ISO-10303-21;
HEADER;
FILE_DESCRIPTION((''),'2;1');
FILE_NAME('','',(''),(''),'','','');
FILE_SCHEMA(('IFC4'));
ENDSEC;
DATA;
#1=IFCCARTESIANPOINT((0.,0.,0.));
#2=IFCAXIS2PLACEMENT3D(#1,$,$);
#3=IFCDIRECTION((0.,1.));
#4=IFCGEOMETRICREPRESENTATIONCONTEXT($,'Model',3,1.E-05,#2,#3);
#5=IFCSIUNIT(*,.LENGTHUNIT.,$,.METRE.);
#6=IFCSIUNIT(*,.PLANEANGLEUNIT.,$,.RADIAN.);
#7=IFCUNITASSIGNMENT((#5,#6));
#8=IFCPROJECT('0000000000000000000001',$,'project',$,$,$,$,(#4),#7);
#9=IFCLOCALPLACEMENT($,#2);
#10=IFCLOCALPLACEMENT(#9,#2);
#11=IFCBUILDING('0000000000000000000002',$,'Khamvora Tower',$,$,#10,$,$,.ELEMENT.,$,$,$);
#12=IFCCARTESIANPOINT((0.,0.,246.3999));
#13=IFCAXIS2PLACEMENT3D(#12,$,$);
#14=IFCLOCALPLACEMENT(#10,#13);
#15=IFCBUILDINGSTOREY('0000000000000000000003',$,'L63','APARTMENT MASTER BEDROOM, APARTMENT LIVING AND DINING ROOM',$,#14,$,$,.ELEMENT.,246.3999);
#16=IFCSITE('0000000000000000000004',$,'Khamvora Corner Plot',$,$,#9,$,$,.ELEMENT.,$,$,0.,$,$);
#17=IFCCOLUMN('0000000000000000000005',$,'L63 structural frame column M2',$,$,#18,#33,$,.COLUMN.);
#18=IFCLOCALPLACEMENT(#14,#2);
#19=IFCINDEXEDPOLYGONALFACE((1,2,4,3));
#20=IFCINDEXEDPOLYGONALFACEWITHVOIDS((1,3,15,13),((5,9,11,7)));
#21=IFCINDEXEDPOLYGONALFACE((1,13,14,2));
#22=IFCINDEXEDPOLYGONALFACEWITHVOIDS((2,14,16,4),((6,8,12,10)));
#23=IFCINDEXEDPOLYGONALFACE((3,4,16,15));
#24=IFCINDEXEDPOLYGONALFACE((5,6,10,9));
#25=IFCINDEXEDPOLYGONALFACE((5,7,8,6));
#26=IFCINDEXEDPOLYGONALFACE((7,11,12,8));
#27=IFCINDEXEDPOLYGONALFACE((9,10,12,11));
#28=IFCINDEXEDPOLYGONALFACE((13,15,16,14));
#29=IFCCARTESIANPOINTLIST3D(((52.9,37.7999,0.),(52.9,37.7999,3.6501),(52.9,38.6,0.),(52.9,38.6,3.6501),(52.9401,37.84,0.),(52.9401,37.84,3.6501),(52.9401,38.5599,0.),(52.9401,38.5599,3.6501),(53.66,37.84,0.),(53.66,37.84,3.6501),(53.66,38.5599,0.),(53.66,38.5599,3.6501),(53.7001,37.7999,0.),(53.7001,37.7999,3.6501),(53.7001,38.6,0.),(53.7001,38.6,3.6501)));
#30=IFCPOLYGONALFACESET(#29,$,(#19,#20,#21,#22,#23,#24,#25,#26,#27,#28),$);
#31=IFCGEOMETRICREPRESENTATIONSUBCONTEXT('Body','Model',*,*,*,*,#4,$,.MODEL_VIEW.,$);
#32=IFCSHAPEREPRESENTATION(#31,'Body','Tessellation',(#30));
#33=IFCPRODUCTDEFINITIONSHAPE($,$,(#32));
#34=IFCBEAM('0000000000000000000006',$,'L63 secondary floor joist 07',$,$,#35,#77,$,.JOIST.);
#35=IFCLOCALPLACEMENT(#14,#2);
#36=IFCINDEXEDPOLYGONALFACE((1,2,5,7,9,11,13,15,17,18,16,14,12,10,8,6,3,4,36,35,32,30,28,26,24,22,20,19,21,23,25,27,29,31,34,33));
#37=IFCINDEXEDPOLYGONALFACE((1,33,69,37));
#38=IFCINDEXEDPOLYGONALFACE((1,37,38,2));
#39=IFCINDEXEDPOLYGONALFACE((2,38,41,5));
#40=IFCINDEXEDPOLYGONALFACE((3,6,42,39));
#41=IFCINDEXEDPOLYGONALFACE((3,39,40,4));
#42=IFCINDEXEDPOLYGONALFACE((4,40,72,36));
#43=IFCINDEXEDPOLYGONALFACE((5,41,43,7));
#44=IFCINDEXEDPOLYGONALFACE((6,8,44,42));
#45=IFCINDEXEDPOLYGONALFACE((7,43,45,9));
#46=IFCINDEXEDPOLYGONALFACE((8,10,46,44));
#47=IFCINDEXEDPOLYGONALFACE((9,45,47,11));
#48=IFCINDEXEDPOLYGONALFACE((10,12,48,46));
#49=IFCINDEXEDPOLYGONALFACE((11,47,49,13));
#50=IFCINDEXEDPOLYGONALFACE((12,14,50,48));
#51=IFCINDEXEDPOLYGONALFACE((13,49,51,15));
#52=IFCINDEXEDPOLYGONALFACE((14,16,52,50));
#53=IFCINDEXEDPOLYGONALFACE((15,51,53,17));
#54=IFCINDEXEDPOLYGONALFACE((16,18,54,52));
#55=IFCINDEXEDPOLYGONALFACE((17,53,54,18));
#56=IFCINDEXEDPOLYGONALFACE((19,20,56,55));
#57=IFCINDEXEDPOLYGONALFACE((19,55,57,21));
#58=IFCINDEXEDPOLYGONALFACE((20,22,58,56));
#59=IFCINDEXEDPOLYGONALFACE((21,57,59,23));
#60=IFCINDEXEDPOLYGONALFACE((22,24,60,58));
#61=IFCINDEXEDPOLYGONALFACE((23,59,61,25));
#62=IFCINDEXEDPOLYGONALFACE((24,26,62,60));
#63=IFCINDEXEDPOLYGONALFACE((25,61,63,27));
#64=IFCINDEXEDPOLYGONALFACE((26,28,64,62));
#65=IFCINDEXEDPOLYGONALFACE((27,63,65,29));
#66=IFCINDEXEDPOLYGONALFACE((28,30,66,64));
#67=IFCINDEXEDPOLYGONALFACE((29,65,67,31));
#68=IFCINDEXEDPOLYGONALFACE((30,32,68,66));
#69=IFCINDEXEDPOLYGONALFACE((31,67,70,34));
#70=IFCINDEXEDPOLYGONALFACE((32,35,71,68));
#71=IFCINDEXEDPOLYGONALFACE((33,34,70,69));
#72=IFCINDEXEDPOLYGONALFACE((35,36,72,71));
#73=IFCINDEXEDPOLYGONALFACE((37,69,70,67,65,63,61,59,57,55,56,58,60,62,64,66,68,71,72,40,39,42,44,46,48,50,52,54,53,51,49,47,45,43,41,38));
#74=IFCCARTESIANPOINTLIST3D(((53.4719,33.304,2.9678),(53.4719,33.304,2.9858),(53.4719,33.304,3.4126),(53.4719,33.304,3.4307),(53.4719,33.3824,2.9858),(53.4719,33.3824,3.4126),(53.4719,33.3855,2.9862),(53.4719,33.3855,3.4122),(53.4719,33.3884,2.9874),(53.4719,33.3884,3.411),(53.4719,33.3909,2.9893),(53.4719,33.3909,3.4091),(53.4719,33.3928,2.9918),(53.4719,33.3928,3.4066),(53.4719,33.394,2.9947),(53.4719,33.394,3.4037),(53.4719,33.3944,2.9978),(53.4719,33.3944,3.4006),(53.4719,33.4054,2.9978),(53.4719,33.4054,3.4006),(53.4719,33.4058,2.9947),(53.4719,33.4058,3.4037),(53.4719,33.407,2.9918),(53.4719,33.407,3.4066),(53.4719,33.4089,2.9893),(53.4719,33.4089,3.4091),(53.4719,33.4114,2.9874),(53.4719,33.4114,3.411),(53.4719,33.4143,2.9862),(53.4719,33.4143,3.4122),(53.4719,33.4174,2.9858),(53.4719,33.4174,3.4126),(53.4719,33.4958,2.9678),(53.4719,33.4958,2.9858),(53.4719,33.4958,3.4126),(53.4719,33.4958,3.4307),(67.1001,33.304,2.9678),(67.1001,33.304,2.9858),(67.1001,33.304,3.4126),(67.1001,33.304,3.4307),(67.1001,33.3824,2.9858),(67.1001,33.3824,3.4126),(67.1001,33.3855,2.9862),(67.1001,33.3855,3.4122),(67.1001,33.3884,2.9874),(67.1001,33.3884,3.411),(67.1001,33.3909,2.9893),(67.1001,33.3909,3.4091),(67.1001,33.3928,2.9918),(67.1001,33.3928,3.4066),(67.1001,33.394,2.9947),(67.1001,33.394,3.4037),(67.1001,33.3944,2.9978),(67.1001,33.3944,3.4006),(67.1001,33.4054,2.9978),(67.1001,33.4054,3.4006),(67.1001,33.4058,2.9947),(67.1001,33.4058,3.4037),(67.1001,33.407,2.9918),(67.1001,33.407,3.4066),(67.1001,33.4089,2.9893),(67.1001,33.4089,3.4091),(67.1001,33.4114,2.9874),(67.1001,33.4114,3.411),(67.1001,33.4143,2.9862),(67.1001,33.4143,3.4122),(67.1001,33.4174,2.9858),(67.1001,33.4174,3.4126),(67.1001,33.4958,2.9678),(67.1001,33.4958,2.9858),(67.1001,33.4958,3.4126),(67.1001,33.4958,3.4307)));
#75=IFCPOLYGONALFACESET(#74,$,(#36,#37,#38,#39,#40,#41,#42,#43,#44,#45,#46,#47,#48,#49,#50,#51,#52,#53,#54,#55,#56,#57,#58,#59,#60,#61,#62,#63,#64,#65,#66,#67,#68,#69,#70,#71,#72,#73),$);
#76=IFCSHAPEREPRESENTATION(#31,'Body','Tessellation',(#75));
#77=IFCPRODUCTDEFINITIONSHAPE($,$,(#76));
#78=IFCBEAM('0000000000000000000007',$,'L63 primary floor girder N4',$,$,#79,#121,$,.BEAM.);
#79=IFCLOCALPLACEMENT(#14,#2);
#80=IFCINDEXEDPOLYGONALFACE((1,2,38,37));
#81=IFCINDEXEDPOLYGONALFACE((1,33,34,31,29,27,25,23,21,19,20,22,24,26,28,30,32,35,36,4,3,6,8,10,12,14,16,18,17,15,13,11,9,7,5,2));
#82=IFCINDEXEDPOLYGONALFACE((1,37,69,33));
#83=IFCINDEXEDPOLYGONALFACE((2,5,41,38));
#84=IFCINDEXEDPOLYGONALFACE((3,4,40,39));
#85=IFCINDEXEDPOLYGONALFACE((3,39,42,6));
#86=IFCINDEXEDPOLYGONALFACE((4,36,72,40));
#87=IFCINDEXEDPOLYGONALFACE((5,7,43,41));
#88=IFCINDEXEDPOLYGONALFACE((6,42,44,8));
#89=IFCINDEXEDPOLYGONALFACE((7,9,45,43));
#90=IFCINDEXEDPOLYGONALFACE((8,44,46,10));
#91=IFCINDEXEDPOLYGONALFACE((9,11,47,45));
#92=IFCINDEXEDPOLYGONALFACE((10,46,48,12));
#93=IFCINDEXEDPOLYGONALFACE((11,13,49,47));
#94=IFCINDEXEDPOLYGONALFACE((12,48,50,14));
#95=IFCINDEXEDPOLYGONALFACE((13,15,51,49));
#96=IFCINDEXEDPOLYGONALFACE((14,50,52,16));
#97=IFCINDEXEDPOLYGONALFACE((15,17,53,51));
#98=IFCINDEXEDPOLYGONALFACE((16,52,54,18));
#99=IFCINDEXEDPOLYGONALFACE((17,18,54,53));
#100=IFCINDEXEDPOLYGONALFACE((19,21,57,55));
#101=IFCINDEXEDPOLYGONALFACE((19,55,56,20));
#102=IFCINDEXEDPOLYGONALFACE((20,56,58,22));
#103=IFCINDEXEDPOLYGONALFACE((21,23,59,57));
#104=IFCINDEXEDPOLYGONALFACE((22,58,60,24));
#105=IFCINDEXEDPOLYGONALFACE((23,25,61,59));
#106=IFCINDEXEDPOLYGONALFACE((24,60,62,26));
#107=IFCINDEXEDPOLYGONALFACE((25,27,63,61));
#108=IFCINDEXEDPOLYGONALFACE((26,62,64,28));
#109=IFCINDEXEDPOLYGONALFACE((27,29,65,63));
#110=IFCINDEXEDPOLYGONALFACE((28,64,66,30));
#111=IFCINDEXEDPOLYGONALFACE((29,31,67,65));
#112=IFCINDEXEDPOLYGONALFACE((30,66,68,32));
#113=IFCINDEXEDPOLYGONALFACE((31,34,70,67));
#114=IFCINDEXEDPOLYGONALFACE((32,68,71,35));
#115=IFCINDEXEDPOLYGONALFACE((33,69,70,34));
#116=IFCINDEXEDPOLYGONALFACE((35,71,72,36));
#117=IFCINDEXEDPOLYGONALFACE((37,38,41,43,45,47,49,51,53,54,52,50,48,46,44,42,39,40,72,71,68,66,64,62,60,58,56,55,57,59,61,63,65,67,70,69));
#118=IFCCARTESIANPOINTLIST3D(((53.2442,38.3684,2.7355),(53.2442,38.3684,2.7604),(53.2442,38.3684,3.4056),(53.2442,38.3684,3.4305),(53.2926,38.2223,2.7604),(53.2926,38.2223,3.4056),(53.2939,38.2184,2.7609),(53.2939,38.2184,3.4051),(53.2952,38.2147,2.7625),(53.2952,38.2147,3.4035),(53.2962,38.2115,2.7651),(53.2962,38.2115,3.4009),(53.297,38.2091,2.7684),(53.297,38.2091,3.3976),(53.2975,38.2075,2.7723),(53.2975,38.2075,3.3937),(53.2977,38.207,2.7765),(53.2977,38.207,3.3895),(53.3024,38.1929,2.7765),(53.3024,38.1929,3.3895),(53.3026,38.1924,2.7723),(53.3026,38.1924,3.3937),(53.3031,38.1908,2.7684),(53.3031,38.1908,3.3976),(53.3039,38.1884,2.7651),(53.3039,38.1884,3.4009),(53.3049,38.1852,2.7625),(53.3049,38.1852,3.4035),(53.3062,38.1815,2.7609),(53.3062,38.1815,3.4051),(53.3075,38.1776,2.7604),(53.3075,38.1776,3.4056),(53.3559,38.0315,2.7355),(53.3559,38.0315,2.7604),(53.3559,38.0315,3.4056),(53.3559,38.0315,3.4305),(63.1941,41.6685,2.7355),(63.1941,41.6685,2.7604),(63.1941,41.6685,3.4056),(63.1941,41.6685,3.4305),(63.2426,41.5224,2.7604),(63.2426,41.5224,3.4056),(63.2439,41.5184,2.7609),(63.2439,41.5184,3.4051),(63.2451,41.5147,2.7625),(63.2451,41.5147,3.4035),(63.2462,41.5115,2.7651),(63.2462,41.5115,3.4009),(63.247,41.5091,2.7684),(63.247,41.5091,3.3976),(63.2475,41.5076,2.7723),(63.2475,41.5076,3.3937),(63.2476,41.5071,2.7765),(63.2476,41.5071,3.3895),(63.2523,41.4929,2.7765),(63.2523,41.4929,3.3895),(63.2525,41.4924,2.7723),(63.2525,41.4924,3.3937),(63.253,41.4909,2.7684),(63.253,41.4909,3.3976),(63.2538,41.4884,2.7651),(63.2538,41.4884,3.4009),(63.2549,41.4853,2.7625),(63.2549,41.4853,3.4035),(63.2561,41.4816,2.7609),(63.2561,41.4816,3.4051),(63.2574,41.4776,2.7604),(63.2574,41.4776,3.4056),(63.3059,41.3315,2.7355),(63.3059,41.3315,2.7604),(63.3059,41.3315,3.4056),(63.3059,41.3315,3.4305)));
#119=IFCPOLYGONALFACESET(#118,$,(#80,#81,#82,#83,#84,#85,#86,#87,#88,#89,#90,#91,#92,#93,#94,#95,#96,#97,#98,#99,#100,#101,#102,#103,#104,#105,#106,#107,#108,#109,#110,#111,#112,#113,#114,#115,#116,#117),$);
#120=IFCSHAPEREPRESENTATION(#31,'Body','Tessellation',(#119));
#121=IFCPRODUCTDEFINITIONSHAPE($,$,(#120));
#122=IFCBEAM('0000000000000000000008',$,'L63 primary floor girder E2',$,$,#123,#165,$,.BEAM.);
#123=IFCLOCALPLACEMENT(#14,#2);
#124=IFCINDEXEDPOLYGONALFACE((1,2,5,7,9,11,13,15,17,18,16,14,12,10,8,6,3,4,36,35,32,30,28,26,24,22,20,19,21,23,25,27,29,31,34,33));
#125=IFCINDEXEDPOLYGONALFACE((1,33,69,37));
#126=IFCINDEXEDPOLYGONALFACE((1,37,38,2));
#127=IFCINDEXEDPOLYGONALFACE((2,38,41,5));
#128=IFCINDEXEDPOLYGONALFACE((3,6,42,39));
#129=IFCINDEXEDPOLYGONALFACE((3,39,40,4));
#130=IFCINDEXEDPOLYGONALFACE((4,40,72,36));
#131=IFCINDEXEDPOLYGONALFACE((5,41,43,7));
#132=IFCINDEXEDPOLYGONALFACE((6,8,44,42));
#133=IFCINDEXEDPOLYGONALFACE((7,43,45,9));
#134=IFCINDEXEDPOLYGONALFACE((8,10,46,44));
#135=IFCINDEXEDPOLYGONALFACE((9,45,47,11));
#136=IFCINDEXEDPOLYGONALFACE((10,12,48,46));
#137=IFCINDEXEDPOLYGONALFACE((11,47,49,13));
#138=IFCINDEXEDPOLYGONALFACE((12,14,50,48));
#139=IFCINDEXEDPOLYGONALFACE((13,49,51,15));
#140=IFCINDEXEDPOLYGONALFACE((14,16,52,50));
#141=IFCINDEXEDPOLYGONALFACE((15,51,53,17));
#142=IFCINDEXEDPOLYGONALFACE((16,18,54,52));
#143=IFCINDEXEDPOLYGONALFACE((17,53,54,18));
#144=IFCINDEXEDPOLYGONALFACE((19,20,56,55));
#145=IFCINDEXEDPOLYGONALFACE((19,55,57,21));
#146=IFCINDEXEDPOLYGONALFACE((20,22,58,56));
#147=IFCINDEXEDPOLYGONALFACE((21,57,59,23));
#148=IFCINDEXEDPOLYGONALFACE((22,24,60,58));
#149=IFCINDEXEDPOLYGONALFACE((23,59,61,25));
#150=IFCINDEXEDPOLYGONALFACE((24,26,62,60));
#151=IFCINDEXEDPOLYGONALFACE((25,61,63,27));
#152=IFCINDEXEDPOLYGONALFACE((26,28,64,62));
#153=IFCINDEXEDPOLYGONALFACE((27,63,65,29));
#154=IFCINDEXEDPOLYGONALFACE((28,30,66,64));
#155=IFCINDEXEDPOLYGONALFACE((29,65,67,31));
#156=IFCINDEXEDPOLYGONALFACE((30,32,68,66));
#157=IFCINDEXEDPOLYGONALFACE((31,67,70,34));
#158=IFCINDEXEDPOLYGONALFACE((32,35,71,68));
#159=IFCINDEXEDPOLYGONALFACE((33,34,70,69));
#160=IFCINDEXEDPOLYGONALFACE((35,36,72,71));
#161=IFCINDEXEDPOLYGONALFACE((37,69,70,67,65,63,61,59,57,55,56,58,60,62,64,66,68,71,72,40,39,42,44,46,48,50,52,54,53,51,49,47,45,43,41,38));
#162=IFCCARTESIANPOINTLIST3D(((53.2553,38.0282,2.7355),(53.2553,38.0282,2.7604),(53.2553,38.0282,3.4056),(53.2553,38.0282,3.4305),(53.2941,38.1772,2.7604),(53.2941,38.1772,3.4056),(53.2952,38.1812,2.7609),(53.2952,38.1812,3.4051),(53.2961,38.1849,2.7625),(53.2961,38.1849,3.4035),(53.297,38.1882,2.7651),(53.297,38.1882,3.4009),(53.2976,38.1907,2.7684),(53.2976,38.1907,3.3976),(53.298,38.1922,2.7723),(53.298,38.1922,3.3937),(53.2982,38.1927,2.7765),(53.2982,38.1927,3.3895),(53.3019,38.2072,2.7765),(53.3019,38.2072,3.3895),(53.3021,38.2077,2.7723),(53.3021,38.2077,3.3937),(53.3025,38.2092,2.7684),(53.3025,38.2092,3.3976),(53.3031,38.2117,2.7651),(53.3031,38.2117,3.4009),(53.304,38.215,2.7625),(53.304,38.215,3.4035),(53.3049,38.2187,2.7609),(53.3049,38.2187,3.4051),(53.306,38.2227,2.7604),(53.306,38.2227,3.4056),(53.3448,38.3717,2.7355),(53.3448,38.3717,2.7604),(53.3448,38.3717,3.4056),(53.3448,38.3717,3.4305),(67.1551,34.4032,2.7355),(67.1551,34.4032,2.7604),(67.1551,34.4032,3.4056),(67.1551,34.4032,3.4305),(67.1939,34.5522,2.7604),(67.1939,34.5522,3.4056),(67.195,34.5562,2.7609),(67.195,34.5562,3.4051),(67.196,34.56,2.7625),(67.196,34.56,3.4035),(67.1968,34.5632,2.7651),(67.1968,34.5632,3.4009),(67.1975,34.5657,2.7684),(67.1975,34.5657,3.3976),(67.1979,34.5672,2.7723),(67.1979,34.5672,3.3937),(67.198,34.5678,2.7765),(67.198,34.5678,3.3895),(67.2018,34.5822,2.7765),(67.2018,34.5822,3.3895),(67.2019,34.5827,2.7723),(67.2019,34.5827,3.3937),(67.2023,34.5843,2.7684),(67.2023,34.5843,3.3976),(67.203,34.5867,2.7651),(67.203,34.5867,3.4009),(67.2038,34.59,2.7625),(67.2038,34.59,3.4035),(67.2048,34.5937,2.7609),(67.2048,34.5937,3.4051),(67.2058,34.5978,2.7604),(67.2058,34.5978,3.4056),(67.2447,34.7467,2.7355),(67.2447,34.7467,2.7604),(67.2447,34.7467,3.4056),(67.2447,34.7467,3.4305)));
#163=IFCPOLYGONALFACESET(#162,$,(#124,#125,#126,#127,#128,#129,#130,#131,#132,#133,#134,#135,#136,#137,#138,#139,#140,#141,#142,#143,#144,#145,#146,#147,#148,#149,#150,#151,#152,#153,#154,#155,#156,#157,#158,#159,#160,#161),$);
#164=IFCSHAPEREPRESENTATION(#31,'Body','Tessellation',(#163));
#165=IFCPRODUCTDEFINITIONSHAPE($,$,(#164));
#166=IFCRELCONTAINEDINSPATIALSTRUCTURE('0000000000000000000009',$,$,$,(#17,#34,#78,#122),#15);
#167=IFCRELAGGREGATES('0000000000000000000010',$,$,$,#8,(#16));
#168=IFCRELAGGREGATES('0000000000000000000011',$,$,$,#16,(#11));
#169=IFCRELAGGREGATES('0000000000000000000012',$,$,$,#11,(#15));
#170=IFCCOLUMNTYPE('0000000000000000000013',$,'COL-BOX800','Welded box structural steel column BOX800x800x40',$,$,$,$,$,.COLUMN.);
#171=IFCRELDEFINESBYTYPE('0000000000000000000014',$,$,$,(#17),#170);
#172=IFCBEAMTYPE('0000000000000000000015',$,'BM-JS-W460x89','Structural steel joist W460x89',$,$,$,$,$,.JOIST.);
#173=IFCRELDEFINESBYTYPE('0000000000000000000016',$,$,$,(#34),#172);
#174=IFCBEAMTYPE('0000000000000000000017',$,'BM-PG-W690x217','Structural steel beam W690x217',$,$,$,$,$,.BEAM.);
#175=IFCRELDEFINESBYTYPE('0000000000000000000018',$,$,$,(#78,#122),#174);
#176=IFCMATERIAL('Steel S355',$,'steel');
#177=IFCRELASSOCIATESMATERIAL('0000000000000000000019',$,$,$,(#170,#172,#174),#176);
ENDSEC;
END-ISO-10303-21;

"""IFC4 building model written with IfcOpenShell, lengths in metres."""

from ifc_helpers import new_model, si_unit, direction, frame, origin, origin_2d, place, context, subcontext, project, spatial, hollow_rectangle, i_section, extrude, material, material_profile, profile_set, type_object, element, save


model = new_model("IFC4")

# Units and contexts
model_context = context("Model", 3, precision=1e-05, world=origin(), true_north=direction((0.0, 1.0)))
body_context = subcontext(model_context, "Body", "Model", "MODEL_VIEW")
ifc_project = project(units=[si_unit("LENGTHUNIT", "METRE"), si_unit("PLANEANGLEUNIT", "RADIAN")], contexts=[model_context])

# Site, building, storey
site_placement = place(None, origin())
site = spatial("IfcSite", under=ifc_project, at=site_placement, Name="Khamvora Corner Plot", CompositionType="ELEMENT", RefElevation=0.0)
building_placement = place(site_placement, origin())
building = spatial("IfcBuilding", under=site, at=building_placement, Name="Khamvora Tower", CompositionType="ELEMENT")
storey_placement = place(building_placement, frame((0.0, 0.0, 246.3999)))
storey = spatial("IfcBuildingStorey", under=building, at=storey_placement, Name="L63", Description="APARTMENT MASTER BEDROOM, APARTMENT LIVING AND DINING ROOM", CompositionType="ELEMENT", Elevation=246.3999)

# Column
ifc_material_1 = material(Name="Steel S355", Category="steel")
ifc_material_profile_1 = material_profile(ifc_material_1, hollow_rectangle(XDim=0.8, YDim=0.8, WallThickness=0.04, at=origin_2d()), Name="BOX800x800x40")
ifc_profile_set_1 = profile_set([ifc_material_profile_1], Name="Steel S355")
column_type = type_object("IfcColumnType", Name="COL-BOX800", Description="Welded box structural steel column BOX800x800x40", PredefinedType="COLUMN", material=ifc_profile_set_1)
column_placement = place(storey_placement, frame((53.3, 38.2, 0.0), z_axis=(0.0, 0.0, 1.0), x_axis=(1.0, 0.0, 0.0)))
element("IfcColumn", 1, at=column_placement, inside=storey, type_object=column_type, Name="L63 structural frame column M2", PredefinedType="COLUMN", context=body_context, shape_type="SweptSolid", body=[
    extrude(hollow_rectangle(XDim=0.8, YDim=0.8, WallThickness=0.04, at=origin_2d()), origin(), (0.0, 0.0, 1.0), 3.6501),
])

# Beams
ifc_material_profile_2 = material_profile(ifc_material_1, i_section(OverallWidth=0.1919, OverallDepth=0.4629, WebThickness=0.011, FlangeThickness=0.0181, FilletRadius=0.012, at=origin_2d()), Name="W460x89")
ifc_profile_set_2 = profile_set([ifc_material_profile_2], Name="Steel S355")
beam_type_1 = type_object("IfcBeamType", Name="BM-JS-W460x89", Description="Structural steel joist W460x89", PredefinedType="JOIST", material=ifc_profile_set_2)
beam_1_placement = place(storey_placement, frame((53.4719, 33.3999, 3.1992), z_axis=(1.0, 0.0, 0.0), x_axis=(0.0, 1.0, 0.0)))
element("IfcBeam", 2, at=beam_1_placement, inside=storey, type_object=beam_type_1, Name="L63 secondary floor joist 07", PredefinedType="JOIST", context=body_context, shape_type="SweptSolid", body=[
    extrude(i_section(OverallWidth=0.1919, OverallDepth=0.4629, WebThickness=0.011, FlangeThickness=0.0181, FilletRadius=0.012, at=origin_2d()), origin(), (0.0, 0.0, 1.0), 13.6282),
])
ifc_material_profile_3 = material_profile(ifc_material_1, i_section(OverallWidth=0.355, OverallDepth=0.6951, WebThickness=0.0149, FlangeThickness=0.0249, FilletRadius=0.0161, at=origin_2d()), Name="W690x217")
ifc_profile_set_3 = profile_set([ifc_material_profile_3], Name="Steel S355")
beam_type_2 = type_object("IfcBeamType", Name="BM-PG-W690x217", Description="Structural steel beam W690x217", PredefinedType="BEAM", material=ifc_profile_set_3)
beam_2_placement = place(storey_placement, frame((53.3, 38.2, 3.083), z_axis=(0.949157, 0.314802, 0.0), x_axis=(-0.314802, 0.949157, 0.0)))
element("IfcBeam", 3, at=beam_2_placement, inside=storey, type_object=beam_type_2, Name="L63 primary floor girder N4", PredefinedType="BEAM", context=body_context, shape_type="SweptSolid", body=[
    extrude(i_section(OverallWidth=0.355, OverallDepth=0.6951, WebThickness=0.0149, FlangeThickness=0.0249, FilletRadius=0.0161, at=origin_2d()), origin(), (0.0, 0.0, 1.0), 10.4829),
])
beam_3_placement = place(storey_placement, frame((53.3, 38.2, 3.083), z_axis=(0.967635, -0.252353, 0.0), x_axis=(0.252353, 0.967635, 0.0)))
element("IfcBeam", 4, at=beam_3_placement, inside=storey, type_object=beam_type_2, Name="L63 primary floor girder E2", PredefinedType="BEAM", context=body_context, shape_type="SweptSolid", body=[
    extrude(i_section(OverallWidth=0.355, OverallDepth=0.6951, WebThickness=0.0149, FlangeThickness=0.0249, FilletRadius=0.0161, at=origin_2d()), origin(), (0.0, 0.0, 1.0), 14.3647),
])

save(model, "model.ifc")
